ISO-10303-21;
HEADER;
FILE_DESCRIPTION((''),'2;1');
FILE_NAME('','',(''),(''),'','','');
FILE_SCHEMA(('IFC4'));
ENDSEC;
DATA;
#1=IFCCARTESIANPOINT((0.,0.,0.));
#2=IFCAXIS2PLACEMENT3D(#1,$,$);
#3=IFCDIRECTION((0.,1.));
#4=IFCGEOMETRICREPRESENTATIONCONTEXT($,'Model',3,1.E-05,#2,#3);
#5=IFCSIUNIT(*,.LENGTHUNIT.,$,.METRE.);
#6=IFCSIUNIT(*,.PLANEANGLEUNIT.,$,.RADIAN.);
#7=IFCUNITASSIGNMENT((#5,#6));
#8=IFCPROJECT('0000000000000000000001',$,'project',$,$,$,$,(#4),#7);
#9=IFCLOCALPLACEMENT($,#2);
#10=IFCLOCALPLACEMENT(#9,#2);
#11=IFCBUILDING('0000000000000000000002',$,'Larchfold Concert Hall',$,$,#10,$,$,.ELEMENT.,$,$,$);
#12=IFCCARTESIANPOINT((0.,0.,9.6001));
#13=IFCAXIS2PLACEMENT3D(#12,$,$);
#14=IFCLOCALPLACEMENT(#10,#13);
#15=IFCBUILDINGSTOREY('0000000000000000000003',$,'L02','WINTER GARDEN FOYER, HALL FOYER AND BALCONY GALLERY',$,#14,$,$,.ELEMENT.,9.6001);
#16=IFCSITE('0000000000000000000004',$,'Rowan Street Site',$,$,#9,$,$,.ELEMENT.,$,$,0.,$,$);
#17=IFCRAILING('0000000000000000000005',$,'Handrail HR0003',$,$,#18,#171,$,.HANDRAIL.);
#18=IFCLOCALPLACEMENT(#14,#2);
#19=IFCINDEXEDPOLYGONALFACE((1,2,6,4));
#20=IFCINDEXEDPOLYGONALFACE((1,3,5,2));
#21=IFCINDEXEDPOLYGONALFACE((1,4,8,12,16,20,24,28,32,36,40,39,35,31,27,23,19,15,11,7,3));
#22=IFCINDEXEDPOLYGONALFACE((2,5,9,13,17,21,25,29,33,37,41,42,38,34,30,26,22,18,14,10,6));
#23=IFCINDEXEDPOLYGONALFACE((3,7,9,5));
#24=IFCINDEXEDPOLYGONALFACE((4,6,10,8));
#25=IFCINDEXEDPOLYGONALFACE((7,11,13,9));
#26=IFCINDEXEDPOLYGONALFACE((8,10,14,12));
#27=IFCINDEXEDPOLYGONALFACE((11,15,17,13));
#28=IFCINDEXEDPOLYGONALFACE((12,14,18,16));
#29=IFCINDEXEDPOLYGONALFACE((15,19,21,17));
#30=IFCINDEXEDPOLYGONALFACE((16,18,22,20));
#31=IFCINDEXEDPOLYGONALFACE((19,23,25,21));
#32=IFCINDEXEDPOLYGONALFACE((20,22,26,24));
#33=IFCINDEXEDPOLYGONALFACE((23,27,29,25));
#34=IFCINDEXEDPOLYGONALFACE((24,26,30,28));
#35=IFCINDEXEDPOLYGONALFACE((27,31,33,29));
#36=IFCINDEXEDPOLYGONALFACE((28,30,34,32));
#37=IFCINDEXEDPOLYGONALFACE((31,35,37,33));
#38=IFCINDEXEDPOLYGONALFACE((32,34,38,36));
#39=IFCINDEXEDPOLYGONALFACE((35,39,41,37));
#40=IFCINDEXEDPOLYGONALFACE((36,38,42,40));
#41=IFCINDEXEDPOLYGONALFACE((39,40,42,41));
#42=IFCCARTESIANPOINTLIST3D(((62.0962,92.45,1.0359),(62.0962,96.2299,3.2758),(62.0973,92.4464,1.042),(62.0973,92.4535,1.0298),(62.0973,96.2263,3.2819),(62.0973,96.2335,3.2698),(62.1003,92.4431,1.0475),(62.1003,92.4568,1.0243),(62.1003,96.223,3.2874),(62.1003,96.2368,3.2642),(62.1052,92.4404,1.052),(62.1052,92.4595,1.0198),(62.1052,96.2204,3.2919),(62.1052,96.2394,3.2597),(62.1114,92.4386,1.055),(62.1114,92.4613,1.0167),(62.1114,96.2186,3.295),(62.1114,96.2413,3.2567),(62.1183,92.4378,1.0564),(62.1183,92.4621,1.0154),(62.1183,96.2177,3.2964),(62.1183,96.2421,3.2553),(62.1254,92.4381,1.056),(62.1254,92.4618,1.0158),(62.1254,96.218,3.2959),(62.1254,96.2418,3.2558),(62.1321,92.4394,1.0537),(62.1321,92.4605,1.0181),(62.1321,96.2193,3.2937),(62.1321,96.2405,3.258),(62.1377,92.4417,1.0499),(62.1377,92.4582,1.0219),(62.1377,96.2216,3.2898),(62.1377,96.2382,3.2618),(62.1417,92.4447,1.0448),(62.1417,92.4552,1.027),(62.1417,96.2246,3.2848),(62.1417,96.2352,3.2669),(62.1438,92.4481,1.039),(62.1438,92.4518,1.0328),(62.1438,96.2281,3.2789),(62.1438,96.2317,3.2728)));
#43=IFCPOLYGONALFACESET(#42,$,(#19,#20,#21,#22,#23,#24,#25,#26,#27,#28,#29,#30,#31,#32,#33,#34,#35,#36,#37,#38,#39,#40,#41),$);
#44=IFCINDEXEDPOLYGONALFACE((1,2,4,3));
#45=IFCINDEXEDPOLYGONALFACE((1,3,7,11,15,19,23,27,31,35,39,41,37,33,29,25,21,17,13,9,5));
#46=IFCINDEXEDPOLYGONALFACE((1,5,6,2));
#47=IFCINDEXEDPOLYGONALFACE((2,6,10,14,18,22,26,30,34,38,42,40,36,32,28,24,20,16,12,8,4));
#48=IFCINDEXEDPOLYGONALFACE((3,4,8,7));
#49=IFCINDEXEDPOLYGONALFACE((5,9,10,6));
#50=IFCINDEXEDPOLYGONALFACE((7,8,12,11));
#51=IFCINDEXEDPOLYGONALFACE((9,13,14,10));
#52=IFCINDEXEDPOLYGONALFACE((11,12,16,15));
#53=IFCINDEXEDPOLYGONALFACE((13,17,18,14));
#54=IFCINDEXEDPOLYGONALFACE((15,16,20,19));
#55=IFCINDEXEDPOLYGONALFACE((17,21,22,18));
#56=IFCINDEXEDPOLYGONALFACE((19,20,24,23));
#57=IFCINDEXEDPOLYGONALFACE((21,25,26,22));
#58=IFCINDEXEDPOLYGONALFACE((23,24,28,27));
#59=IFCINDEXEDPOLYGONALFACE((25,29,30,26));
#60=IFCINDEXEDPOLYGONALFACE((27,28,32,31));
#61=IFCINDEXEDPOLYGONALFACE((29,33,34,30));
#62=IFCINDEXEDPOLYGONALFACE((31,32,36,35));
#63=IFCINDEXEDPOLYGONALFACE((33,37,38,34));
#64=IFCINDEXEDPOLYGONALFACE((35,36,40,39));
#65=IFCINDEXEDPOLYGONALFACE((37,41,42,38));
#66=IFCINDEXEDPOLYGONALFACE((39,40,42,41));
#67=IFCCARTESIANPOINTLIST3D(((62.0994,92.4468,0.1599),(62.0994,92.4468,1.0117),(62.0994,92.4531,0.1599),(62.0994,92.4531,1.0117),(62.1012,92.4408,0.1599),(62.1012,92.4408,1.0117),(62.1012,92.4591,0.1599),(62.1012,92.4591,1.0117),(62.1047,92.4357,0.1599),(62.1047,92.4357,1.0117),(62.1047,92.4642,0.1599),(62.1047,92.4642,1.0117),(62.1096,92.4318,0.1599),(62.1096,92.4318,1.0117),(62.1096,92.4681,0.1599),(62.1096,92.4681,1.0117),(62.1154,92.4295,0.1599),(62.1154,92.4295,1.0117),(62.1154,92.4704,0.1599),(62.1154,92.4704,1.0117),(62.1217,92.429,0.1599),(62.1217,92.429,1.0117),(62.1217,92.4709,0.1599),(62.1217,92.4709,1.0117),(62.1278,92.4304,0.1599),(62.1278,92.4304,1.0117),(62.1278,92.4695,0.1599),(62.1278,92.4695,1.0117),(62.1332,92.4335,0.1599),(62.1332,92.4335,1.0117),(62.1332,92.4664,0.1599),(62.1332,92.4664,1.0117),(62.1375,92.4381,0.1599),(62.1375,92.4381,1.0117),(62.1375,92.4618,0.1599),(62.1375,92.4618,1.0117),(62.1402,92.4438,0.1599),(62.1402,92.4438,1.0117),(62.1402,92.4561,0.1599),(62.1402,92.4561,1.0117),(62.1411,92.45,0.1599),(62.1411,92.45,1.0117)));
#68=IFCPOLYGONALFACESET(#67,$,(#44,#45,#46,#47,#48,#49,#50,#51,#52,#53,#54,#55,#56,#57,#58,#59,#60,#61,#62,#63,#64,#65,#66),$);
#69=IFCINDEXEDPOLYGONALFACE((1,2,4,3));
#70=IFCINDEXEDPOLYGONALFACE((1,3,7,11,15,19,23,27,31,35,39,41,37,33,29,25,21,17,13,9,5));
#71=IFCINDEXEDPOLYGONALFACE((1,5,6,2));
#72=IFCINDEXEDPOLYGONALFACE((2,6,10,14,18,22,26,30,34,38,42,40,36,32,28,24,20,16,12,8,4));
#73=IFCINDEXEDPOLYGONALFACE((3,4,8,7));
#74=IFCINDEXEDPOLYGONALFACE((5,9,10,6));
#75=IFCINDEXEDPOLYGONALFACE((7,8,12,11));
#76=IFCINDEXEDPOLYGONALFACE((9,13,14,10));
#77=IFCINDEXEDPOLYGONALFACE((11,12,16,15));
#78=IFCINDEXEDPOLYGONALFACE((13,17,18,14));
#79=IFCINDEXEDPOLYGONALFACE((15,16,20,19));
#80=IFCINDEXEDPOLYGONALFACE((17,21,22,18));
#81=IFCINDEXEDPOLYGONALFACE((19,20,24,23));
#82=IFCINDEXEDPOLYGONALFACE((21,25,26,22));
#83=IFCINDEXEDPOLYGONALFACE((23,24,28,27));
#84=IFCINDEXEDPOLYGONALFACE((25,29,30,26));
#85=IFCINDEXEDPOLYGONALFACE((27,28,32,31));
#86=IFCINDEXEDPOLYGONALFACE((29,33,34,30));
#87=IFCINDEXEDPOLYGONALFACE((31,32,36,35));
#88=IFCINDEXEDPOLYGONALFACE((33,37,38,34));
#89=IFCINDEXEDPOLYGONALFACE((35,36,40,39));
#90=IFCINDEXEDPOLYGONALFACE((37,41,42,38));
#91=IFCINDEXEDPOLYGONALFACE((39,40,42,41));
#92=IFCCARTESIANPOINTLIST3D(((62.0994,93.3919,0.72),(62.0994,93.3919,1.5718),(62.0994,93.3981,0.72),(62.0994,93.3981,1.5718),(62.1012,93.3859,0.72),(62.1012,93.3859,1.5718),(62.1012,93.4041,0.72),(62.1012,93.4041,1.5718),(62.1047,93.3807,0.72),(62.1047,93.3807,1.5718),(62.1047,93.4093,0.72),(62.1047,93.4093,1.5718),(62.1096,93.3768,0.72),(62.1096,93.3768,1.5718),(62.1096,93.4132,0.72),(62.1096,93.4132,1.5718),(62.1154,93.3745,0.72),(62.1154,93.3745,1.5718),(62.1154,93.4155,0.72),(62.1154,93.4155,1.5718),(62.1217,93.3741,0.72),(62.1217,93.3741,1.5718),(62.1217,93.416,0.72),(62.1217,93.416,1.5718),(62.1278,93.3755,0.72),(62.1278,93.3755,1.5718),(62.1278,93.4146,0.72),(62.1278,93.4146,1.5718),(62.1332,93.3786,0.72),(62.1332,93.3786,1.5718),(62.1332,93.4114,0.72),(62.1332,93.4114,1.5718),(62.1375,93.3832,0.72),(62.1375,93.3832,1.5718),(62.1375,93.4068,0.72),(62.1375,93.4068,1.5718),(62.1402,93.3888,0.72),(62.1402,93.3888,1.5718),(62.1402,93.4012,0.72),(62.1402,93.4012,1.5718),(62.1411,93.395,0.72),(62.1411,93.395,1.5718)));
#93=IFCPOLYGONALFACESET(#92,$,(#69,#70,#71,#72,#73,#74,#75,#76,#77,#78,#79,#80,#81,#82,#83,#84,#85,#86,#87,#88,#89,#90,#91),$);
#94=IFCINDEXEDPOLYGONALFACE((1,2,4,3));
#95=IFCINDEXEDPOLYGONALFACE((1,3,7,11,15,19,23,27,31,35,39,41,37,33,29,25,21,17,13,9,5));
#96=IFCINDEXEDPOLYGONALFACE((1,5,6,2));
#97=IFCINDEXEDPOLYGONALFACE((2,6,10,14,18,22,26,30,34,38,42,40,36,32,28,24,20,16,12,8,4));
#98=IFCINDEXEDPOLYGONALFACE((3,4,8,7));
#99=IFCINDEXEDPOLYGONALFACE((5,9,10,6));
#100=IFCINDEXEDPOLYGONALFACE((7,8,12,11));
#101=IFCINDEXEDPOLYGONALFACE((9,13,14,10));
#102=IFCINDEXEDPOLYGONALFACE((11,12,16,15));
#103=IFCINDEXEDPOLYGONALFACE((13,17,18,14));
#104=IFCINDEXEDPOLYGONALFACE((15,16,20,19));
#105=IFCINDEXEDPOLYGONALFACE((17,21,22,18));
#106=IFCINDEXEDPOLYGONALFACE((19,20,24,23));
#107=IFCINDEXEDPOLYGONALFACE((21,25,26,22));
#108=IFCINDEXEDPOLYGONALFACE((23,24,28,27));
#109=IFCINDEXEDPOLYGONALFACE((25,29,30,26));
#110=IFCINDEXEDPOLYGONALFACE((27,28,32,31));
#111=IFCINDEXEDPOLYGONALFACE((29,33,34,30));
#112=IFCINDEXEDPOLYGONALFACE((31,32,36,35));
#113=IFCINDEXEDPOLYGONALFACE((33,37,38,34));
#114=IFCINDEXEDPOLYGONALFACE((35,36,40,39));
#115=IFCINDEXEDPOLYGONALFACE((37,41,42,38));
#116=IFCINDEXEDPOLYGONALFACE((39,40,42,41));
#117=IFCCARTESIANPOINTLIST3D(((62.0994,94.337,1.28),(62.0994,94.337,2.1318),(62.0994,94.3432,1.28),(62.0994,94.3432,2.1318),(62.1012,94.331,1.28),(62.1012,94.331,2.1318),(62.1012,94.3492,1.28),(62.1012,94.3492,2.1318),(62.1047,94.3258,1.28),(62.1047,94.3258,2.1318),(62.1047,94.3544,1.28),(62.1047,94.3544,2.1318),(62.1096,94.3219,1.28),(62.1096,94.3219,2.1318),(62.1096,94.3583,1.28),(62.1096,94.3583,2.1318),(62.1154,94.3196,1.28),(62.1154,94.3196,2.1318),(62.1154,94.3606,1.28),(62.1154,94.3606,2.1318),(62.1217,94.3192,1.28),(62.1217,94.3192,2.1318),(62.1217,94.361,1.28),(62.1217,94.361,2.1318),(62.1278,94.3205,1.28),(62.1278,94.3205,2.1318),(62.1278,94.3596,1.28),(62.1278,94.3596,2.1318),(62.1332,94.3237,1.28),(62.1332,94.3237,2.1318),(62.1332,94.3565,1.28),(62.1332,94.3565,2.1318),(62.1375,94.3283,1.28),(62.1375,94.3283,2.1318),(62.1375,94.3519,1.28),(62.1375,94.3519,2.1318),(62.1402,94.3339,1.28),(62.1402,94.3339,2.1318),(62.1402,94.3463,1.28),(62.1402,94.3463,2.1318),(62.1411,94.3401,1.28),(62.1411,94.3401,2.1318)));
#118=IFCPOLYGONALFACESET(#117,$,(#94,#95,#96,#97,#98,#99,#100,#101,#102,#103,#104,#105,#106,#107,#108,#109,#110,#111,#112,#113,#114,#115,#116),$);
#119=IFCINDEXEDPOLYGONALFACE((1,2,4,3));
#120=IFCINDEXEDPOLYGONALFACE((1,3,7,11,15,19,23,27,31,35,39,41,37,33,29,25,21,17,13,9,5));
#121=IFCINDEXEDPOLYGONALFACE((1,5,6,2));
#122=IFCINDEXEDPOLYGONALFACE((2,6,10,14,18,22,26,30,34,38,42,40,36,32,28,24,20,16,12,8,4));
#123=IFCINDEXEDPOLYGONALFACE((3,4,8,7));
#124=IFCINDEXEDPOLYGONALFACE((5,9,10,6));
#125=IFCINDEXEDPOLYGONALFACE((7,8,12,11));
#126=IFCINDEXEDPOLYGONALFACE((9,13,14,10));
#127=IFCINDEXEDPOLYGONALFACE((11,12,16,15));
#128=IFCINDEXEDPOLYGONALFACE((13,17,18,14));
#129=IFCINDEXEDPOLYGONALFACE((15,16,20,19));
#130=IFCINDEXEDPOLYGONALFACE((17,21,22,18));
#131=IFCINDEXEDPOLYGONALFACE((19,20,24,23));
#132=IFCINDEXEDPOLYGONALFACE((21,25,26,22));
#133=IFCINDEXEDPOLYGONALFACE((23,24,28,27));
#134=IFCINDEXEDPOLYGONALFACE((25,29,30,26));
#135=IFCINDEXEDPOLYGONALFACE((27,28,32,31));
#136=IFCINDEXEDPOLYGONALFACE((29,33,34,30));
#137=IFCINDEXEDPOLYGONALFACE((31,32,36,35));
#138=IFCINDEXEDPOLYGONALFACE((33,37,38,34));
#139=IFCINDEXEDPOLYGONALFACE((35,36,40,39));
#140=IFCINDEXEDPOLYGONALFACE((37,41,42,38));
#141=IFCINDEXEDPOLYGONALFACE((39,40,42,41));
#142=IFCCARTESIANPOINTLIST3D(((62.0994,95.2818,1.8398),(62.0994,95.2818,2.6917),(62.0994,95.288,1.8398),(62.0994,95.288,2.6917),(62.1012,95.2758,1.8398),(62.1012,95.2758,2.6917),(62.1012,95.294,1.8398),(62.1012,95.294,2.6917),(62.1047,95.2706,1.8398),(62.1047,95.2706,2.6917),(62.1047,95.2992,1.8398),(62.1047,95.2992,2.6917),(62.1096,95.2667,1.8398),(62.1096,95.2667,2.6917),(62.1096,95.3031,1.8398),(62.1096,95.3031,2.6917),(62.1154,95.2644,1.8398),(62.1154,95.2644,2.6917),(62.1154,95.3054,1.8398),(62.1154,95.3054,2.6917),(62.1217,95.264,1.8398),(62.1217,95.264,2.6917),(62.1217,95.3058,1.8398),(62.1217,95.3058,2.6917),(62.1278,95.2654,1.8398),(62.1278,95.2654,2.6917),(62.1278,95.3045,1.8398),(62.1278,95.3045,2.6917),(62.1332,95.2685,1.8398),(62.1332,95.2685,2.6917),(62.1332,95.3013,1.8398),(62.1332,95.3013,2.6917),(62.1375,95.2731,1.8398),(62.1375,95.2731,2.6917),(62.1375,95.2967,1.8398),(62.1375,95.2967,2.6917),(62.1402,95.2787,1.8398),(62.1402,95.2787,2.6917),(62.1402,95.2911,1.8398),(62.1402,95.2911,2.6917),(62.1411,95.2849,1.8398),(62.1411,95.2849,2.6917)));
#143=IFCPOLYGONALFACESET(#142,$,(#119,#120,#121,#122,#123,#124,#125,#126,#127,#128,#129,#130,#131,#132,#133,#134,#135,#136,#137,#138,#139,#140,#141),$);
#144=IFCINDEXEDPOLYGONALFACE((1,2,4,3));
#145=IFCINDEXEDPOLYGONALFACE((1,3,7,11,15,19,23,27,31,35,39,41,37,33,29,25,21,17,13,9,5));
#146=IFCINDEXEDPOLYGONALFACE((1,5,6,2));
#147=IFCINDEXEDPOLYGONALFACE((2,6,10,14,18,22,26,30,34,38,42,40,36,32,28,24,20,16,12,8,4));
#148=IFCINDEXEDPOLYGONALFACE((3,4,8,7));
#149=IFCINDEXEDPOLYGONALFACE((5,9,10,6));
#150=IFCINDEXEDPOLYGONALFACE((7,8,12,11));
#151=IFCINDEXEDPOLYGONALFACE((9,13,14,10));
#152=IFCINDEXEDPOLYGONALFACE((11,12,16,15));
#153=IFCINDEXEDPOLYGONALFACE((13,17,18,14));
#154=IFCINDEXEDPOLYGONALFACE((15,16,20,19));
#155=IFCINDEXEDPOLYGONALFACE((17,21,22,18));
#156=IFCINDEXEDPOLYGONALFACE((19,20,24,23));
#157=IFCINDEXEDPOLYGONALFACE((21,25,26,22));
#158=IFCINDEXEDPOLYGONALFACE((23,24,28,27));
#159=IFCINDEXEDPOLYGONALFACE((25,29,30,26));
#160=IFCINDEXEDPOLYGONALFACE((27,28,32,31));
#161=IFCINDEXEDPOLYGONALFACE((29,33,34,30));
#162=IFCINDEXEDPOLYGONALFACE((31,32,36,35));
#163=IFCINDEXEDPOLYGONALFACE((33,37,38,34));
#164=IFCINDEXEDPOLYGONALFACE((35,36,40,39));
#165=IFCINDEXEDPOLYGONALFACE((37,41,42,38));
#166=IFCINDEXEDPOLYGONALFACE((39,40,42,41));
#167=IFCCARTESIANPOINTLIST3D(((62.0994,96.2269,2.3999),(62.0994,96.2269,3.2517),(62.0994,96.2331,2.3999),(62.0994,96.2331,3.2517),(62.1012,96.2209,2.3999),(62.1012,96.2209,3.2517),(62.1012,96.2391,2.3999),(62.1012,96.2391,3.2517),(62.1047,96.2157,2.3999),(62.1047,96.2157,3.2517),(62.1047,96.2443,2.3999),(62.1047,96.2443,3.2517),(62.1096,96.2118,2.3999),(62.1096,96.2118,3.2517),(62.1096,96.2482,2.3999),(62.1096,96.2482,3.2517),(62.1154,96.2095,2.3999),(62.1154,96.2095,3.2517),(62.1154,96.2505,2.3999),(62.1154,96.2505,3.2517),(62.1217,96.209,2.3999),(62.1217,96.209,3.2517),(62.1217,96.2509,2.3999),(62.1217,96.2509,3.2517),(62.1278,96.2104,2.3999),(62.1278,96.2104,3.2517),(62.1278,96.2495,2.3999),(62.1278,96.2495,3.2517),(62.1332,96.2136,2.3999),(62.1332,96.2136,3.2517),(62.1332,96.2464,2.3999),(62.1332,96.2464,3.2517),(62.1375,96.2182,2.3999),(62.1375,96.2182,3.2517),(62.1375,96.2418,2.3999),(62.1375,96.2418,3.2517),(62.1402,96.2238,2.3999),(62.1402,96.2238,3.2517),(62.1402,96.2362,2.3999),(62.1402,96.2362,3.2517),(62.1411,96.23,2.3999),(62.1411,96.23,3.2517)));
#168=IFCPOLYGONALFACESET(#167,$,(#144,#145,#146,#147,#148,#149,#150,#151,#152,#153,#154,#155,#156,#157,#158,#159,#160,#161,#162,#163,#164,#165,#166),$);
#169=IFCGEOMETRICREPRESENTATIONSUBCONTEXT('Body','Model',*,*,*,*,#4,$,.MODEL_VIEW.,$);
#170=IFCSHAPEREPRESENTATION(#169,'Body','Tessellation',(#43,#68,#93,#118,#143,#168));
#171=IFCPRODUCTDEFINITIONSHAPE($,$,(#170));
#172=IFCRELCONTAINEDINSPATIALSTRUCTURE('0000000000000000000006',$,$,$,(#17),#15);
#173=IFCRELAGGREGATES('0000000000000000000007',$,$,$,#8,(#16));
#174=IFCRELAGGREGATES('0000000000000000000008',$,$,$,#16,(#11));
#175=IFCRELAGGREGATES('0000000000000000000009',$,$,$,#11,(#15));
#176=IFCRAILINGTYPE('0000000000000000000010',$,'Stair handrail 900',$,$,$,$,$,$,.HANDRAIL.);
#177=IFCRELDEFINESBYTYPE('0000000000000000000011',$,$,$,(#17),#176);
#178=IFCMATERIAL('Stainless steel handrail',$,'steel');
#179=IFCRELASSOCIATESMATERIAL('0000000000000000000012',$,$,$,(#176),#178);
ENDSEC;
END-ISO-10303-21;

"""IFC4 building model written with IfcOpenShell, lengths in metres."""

from ifc_helpers import new_model, si_unit, direction, frame, origin, origin_2d, place, context, subcontext, project, spatial, circle, extrude, material, type_object, element, save


model = new_model("IFC4")

# Units and contexts
model_context = context("Model", 3, precision=1e-05, world=origin(), true_north=direction((0.0, 1.0)))
body_context = subcontext(model_context, "Body", "Model", "MODEL_VIEW")
ifc_project = project(units=[si_unit("LENGTHUNIT", "METRE"), si_unit("PLANEANGLEUNIT", "RADIAN")], contexts=[model_context])

# Site, building, storey
site_placement = place(None, origin())
site = spatial("IfcSite", under=ifc_project, at=site_placement, Name="Rowan Street Site", CompositionType="ELEMENT", RefElevation=0.0)
building_placement = place(site_placement, origin())
building = spatial("IfcBuilding", under=site, at=building_placement, Name="Larchfold Concert Hall", CompositionType="ELEMENT")
storey_placement = place(building_placement, frame((0.0, 0.0, 9.6001)))
storey = spatial("IfcBuildingStorey", under=building, at=storey_placement, Name="L02", Description="WINTER GARDEN FOYER, HALL FOYER AND BALCONY GALLERY", CompositionType="ELEMENT", Elevation=9.6001)

# Railing
ifc_material_1 = material(Name="Stainless steel handrail", Category="steel")
railing_type_1 = type_object("IfcRailingType", Name="Stair handrail 900", PredefinedType="HANDRAIL", material=ifc_material_1)
railing_1_placement = place(storey_placement, frame((62.1201, 92.45, 0.1599)))
element("IfcRailing", 1, at=railing_1_placement, inside=storey, type_object=railing_type_1, Name="Handrail HR0003", PredefinedType="HANDRAIL", context=body_context, shape_type="SweptSolid", body=[
    extrude(circle(Radius=0.0239, at=origin_2d()), frame((0.0, 0.0, 0.876), z_axis=(0.0, 0.860294, 0.509798), x_axis=(-1.0, 0.0, 0.0)), (0.0, 0.0, 1.0), 4.3938),
    extrude(circle(Radius=0.021, at=origin_2d()), origin(), (0.0, 0.0, 1.0), 0.8518),
    extrude(circle(Radius=0.021, at=origin_2d()), frame((0.0, 0.9451, 0.5601)), (0.0, 0.0, 1.0), 0.8518),
    extrude(circle(Radius=0.021, at=origin_2d()), frame((0.0, 1.8901, 1.1201)), (0.0, 0.0, 1.0), 0.8518),
    extrude(circle(Radius=0.021, at=origin_2d()), frame((0.0, 2.835, 1.6799)), (0.0, 0.0, 1.0), 0.8518),
    extrude(circle(Radius=0.021, at=origin_2d()), frame((0.0, 3.78, 2.24)), (0.0, 0.0, 1.0), 0.8518),
])

save(model, "model.ifc")
